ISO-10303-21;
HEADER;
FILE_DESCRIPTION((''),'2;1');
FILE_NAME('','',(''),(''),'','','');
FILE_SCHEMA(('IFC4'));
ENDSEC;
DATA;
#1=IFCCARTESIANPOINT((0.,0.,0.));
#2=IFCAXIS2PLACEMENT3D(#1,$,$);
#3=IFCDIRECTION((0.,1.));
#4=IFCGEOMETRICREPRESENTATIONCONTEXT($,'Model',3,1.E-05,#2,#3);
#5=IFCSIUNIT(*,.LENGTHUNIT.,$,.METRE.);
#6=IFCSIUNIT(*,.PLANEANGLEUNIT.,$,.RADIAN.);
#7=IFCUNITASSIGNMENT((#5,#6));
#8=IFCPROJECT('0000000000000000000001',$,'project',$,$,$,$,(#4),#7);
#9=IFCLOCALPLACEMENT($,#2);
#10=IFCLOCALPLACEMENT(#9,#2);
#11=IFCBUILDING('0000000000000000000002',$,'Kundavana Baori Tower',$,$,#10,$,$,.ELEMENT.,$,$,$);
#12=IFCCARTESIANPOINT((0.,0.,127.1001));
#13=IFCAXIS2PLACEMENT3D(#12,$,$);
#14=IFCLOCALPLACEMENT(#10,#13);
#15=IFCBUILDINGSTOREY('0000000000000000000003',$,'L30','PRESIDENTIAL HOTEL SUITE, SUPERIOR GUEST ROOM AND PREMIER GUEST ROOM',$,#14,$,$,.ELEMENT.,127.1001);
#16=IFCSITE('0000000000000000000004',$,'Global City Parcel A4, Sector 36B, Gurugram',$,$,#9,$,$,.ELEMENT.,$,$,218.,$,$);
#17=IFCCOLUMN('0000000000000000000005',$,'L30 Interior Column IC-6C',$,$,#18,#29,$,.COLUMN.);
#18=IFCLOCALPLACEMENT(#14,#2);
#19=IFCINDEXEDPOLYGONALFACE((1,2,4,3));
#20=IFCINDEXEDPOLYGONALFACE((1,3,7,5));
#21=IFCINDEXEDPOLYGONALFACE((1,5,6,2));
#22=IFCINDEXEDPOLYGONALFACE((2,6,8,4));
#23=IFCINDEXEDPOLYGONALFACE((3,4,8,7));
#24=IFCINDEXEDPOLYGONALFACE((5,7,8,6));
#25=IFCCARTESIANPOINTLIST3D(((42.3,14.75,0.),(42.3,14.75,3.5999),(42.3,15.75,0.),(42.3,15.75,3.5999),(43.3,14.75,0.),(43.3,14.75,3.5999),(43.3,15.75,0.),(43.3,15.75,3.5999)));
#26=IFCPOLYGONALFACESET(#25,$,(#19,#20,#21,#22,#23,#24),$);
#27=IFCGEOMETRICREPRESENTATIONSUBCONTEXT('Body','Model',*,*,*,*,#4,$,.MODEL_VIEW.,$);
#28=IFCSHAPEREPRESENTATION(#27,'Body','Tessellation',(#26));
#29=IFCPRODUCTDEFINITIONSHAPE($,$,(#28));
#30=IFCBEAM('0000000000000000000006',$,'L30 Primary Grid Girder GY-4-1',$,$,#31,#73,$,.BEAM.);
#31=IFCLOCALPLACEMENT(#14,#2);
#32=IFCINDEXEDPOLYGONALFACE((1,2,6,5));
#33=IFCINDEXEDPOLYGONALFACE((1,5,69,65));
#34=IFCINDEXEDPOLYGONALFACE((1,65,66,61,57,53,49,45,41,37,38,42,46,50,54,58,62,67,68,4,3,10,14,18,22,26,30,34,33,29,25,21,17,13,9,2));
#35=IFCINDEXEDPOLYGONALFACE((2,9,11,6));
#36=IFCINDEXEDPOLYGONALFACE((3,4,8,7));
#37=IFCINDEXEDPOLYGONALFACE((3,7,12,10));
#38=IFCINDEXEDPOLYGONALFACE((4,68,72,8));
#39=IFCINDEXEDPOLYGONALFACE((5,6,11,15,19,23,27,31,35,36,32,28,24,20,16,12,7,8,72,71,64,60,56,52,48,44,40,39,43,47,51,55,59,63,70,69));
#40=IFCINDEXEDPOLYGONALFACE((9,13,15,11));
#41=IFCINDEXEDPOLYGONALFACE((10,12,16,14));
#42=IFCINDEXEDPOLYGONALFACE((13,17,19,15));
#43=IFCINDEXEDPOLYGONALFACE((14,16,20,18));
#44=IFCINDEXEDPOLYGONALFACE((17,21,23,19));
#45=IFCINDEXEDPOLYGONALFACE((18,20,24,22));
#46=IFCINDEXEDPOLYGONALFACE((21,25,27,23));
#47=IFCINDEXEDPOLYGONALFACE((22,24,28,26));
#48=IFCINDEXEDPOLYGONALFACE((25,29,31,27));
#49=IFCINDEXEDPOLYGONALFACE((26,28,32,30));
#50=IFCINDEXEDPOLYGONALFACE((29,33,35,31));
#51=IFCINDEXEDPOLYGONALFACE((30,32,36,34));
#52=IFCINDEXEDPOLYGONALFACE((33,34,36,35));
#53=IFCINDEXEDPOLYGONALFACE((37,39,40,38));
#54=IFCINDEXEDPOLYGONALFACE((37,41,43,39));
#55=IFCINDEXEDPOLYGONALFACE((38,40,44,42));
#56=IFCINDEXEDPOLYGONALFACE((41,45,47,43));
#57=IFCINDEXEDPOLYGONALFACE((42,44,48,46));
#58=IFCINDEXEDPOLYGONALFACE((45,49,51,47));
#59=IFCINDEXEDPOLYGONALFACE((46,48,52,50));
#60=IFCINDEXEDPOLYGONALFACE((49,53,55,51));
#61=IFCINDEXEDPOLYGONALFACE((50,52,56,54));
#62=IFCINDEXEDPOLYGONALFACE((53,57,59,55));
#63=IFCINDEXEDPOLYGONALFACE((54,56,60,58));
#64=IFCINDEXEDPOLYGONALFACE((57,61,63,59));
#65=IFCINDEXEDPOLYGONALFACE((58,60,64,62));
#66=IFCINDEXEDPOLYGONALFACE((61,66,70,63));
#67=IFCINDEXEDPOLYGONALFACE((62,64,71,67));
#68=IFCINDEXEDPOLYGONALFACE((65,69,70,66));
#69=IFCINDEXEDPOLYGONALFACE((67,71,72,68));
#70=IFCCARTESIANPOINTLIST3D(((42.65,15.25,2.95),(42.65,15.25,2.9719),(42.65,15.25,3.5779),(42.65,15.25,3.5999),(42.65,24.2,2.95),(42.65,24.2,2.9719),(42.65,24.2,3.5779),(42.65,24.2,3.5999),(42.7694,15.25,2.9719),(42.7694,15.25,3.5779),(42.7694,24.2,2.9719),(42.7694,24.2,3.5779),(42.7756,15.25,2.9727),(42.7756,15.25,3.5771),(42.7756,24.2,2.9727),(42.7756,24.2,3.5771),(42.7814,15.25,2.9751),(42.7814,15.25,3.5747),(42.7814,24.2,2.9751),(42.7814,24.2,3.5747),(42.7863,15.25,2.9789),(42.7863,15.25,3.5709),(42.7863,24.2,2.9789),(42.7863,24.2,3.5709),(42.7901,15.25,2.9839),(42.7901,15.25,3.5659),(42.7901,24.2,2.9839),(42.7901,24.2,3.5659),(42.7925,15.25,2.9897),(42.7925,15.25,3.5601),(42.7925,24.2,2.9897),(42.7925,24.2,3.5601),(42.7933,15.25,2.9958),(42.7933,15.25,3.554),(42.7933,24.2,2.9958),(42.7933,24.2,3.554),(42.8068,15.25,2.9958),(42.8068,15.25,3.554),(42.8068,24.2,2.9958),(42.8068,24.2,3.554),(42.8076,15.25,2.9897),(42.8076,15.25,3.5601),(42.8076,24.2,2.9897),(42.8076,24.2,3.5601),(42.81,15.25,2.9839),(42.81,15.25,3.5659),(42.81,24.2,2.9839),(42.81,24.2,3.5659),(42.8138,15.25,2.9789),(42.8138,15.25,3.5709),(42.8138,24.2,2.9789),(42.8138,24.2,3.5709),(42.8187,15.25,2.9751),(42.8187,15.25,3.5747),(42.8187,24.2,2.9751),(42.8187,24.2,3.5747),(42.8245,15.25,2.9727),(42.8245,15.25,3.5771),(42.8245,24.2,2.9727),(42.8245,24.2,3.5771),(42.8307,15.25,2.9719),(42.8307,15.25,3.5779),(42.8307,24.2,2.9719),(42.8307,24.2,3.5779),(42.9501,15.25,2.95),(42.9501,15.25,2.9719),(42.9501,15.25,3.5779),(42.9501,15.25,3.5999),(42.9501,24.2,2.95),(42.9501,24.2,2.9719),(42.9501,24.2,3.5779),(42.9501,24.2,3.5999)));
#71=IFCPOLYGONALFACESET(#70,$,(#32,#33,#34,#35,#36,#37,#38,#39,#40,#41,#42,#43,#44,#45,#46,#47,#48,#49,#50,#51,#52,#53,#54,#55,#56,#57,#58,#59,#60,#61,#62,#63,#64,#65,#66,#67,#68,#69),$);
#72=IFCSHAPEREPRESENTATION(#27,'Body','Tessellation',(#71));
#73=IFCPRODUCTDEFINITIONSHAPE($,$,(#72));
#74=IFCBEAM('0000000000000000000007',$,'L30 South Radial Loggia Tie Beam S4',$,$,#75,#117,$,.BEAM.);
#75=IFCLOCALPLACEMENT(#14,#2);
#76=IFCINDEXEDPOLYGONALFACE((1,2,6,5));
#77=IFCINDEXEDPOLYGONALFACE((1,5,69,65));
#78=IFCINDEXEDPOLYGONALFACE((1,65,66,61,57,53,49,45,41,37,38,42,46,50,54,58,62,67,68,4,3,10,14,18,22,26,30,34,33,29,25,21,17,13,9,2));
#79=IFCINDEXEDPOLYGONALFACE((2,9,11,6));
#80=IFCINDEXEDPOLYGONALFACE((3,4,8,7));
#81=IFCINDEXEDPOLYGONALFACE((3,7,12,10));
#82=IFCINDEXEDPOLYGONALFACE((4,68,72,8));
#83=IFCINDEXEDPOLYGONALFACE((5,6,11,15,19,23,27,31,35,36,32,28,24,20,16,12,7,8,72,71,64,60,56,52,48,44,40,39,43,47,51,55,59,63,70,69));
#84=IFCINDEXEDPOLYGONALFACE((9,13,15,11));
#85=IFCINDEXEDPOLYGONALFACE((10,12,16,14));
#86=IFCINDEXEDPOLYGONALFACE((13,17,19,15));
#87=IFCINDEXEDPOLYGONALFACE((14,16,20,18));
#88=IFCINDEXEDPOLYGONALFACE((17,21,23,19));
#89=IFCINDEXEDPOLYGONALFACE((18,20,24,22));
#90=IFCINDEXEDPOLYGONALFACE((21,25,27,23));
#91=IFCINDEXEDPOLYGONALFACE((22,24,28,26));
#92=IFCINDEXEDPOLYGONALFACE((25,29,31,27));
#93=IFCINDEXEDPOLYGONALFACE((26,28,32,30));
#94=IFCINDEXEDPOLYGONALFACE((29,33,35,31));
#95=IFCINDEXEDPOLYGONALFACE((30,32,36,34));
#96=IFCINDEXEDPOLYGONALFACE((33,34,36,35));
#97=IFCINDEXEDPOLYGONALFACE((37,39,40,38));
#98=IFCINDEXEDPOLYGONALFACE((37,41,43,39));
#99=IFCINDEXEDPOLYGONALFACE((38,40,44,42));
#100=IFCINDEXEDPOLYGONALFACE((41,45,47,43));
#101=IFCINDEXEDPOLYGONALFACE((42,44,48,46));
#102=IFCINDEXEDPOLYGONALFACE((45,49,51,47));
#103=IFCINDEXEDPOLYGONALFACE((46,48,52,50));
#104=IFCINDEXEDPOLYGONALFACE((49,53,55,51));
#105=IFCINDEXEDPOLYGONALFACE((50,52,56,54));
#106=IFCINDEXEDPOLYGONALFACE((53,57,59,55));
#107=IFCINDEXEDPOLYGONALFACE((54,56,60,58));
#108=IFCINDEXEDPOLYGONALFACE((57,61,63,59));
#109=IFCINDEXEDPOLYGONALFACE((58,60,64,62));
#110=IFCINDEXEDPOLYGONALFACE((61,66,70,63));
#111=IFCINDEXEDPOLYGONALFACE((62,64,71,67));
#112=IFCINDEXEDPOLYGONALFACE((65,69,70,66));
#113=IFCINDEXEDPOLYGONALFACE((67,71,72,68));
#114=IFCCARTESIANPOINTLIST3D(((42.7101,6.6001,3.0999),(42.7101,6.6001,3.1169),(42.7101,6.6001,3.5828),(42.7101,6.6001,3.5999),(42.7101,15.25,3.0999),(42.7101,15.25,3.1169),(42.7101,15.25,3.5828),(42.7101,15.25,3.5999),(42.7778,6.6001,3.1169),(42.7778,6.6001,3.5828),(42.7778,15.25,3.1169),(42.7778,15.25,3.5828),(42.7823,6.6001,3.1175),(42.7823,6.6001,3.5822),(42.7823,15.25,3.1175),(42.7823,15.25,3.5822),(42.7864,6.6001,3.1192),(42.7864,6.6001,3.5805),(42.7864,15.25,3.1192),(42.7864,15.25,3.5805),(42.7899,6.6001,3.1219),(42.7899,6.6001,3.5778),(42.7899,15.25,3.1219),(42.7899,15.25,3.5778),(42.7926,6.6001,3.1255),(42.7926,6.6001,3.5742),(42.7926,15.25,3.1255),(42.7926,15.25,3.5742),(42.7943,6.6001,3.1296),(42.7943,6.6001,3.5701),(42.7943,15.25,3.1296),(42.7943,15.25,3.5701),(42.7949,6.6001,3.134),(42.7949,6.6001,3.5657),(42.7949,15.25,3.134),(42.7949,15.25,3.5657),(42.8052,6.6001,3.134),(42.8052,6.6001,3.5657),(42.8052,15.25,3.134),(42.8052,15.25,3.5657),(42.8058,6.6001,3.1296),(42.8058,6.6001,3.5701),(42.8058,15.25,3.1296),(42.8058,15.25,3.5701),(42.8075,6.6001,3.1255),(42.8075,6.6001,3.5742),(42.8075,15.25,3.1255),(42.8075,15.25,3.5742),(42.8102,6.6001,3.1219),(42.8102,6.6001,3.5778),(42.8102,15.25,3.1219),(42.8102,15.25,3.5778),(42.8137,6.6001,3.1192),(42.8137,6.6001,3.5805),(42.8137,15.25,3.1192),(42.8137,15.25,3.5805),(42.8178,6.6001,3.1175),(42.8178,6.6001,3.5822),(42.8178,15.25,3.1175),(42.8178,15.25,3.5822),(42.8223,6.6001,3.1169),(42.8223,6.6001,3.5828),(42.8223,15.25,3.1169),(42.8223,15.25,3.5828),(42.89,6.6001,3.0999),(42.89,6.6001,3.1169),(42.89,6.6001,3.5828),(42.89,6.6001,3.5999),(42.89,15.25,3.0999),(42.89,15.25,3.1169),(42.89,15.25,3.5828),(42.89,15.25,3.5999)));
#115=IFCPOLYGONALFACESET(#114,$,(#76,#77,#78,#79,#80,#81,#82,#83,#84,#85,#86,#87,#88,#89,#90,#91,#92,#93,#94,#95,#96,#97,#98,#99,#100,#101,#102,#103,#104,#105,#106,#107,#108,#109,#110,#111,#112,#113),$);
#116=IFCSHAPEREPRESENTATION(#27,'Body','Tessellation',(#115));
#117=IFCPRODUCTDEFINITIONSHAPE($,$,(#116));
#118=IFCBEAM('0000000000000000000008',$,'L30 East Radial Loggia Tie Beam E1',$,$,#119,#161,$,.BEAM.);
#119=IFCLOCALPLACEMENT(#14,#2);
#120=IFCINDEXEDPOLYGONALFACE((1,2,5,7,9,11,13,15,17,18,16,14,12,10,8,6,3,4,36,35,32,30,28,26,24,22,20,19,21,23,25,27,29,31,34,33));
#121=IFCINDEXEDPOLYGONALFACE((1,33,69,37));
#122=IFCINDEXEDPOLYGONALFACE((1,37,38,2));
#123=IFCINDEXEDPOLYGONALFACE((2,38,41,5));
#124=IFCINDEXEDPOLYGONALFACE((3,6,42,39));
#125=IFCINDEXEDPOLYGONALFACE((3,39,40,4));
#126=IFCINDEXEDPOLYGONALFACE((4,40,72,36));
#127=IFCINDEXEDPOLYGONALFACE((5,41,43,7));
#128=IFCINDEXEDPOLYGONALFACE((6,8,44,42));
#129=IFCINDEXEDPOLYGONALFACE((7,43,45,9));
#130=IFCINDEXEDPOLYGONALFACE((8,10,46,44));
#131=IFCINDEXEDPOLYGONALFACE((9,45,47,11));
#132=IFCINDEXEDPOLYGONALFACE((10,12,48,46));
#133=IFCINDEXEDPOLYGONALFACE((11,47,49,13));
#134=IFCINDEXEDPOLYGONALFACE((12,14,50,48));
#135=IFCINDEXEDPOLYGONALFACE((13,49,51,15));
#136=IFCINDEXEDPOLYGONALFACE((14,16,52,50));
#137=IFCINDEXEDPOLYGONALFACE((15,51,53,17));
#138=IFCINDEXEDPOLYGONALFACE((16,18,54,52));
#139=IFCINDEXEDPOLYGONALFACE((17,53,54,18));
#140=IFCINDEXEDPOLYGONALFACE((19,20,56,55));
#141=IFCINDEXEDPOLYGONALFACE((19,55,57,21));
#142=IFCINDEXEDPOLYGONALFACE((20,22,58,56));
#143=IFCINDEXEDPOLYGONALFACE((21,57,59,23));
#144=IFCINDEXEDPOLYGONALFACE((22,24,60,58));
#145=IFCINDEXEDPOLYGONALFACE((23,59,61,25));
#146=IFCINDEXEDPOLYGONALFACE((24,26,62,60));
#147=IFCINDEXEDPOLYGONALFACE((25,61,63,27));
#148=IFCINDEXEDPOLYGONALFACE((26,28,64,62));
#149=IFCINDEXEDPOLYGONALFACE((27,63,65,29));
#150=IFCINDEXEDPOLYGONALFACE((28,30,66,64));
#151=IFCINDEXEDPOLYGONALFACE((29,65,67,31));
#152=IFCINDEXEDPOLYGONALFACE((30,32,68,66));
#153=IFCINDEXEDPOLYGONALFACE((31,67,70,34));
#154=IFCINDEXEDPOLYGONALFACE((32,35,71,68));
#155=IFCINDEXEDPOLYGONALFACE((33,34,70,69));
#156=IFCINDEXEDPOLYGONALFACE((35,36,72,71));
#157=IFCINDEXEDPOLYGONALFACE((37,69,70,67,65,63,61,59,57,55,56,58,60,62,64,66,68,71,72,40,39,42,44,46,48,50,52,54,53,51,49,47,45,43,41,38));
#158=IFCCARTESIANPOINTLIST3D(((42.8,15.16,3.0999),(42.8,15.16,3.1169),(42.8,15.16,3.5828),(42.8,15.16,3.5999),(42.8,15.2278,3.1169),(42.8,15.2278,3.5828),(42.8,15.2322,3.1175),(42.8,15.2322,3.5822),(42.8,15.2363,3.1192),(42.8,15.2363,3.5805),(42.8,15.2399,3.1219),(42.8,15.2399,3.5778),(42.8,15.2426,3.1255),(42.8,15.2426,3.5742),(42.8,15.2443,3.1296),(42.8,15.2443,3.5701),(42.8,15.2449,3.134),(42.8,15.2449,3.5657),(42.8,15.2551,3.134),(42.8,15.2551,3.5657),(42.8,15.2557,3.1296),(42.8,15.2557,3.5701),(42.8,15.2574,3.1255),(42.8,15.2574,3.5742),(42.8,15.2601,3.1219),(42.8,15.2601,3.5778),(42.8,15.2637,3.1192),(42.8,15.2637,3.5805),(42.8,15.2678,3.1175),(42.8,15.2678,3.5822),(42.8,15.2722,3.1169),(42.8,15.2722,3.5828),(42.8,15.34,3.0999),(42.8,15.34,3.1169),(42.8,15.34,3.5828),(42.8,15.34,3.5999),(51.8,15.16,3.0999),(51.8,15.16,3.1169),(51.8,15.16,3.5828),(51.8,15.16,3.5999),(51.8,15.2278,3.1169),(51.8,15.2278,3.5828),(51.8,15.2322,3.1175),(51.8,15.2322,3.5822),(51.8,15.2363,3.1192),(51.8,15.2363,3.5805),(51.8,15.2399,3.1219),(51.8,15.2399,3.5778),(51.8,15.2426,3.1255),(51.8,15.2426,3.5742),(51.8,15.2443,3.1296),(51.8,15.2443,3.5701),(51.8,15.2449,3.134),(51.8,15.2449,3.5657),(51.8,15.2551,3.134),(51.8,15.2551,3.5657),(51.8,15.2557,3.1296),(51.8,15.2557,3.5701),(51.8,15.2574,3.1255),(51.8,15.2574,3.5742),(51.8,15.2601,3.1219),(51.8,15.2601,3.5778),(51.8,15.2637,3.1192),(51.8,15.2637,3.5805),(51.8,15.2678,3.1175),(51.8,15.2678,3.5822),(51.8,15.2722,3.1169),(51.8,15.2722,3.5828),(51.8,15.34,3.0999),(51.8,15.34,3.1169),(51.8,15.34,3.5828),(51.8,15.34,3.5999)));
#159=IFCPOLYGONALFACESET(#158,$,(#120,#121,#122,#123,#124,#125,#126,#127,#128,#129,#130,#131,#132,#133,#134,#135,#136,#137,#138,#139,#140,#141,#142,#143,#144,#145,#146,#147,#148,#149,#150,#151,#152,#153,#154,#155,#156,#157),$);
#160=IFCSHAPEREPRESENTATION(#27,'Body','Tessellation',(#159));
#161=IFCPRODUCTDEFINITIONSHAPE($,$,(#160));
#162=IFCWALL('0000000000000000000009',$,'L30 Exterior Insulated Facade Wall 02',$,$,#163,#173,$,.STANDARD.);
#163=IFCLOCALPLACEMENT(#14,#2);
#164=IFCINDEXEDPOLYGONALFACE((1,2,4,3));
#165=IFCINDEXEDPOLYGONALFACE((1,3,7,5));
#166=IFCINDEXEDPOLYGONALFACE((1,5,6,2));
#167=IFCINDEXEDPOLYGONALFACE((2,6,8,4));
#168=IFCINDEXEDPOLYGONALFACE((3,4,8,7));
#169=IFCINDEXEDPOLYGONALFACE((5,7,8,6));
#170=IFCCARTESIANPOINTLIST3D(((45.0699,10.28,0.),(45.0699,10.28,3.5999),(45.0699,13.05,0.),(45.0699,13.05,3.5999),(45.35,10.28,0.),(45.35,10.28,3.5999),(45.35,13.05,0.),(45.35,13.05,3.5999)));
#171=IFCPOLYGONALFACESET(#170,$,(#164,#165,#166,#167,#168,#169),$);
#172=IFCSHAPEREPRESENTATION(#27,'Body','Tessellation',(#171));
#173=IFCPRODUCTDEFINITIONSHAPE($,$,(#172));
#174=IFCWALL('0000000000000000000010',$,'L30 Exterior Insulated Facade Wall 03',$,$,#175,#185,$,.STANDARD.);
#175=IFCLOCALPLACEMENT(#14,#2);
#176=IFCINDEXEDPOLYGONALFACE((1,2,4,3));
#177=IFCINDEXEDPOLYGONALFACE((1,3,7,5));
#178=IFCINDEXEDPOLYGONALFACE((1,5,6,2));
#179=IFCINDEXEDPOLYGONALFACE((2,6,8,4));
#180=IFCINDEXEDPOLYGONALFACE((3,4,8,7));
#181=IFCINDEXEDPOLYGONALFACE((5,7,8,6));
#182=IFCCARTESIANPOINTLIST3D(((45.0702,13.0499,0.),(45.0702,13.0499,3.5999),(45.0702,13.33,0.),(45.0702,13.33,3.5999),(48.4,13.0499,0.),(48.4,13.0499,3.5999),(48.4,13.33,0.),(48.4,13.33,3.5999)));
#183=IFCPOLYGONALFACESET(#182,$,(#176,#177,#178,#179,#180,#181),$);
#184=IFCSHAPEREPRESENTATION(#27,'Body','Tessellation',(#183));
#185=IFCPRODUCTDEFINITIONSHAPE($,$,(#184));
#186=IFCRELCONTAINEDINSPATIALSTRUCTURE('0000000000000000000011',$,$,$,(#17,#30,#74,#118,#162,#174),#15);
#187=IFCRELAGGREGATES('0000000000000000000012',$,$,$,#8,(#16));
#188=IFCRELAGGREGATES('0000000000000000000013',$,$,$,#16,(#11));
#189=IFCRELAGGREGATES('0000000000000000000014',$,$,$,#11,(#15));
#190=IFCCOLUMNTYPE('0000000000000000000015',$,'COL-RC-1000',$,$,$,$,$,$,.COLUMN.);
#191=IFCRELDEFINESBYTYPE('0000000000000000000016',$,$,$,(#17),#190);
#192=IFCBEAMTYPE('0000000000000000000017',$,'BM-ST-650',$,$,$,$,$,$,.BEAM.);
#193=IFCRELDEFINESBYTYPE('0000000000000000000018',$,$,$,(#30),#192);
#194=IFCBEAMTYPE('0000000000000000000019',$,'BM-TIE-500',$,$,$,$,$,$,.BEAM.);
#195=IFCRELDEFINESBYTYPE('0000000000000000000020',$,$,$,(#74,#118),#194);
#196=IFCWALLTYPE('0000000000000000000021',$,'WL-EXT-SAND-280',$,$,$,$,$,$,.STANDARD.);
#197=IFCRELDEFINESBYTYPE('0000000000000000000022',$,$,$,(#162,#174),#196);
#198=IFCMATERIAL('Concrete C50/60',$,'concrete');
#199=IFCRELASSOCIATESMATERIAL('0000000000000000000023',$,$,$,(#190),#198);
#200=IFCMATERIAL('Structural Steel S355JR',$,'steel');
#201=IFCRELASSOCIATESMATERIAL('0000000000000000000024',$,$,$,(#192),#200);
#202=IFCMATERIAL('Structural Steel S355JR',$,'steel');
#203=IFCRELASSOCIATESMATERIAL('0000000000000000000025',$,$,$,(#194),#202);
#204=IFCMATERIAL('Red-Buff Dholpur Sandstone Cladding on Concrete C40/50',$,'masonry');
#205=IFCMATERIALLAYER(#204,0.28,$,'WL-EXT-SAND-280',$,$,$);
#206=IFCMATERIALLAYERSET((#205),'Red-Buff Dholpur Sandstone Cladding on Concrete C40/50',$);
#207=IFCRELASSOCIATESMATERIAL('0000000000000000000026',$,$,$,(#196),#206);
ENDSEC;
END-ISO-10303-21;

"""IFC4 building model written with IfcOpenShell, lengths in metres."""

from ifc_helpers import new_model, si_unit, direction, frame, frame_2d, origin, origin_2d, place, context, subcontext, project, spatial, rectangle, i_section, extrude, material, layer, layer_set, material_profile, profile_set, type_object, element, save


model = new_model("IFC4")

# Units and contexts
model_context = context("Model", 3, precision=1e-05, world=origin(), true_north=direction((0.0, 1.0)))
body_context = subcontext(model_context, "Body", "Model", "MODEL_VIEW")
ifc_project = project(units=[si_unit("LENGTHUNIT", "METRE"), si_unit("PLANEANGLEUNIT", "RADIAN")], contexts=[model_context])

# Site, building, storey
site_placement = place(None, origin())
site = spatial("IfcSite", under=ifc_project, at=site_placement, Name="Global City Parcel A4, Sector 36B, Gurugram", CompositionType="ELEMENT", RefElevation=218.0)
building_placement = place(site_placement, origin())
building = spatial("IfcBuilding", under=site, at=building_placement, Name="Kundavana Baori Tower", CompositionType="ELEMENT")
storey_placement = place(building_placement, frame((0.0, 0.0, 127.1001)))
storey = spatial("IfcBuildingStorey", under=building, at=storey_placement, Name="L30", Description="PRESIDENTIAL HOTEL SUITE, SUPERIOR GUEST ROOM AND PREMIER GUEST ROOM", CompositionType="ELEMENT", Elevation=127.1001)

# Column
ifc_material_1 = material(Name="Concrete C50/60", Category="concrete")
ifc_material_profile_1 = material_profile(ifc_material_1, rectangle(XDim=1.0, YDim=1.0, at=origin_2d()), Name="RC 1000x1000")
ifc_profile_set_1 = profile_set([ifc_material_profile_1], Name="Concrete C50/60")
column_type = type_object("IfcColumnType", Name="COL-RC-1000", PredefinedType="COLUMN", material=ifc_profile_set_1)
column_placement = place(storey_placement, frame((42.8, 15.25, 0.0), z_axis=(0.0, 0.0, 1.0), x_axis=(1.0, 0.0, 0.0)))
element("IfcColumn", 1, at=column_placement, inside=storey, type_object=column_type, Name="L30 Interior Column IC-6C", PredefinedType="COLUMN", context=body_context, shape_type="SweptSolid", body=[
    extrude(rectangle(XDim=1.0, YDim=1.0, at=origin_2d()), origin(), (0.0, 0.0, 1.0), 3.5999),
])

# Beams
ifc_material_2 = material(Name="Structural Steel S355JR", Category="steel")
ifc_material_profile_2 = material_profile(ifc_material_2, i_section(OverallWidth=0.3, OverallDepth=0.6499, WebThickness=0.0134, FlangeThickness=0.022, FilletRadius=0.0239, at=origin_2d()), Name="NPB 650x300x155")
ifc_profile_set_2 = profile_set([ifc_material_profile_2], Name="Structural Steel S355JR")
beam_type_1 = type_object("IfcBeamType", Name="BM-ST-650", PredefinedType="BEAM", material=ifc_profile_set_2)
beam_1_placement = place(storey_placement, frame((42.8, 15.25, 3.2749), z_axis=(0.0, 1.0, 0.0), x_axis=(-1.0, 0.0, 0.0)))
element("IfcBeam", 2, at=beam_1_placement, inside=storey, type_object=beam_type_1, Name="L30 Primary Grid Girder GY-4-1", PredefinedType="BEAM", context=body_context, shape_type="SweptSolid", body=[
    extrude(i_section(OverallWidth=0.3, OverallDepth=0.6499, WebThickness=0.0134, FlangeThickness=0.022, FilletRadius=0.0239, at=origin_2d()), origin(), (0.0, 0.0, 1.0), 8.95),
])
ifc_material_3 = material(Name="Structural Steel S355JR", Category="steel")
ifc_material_profile_3 = material_profile(ifc_material_3, i_section(OverallWidth=0.1799, OverallDepth=0.5, WebThickness=0.0103, FlangeThickness=0.0171, FilletRadius=0.0171, at=origin_2d()), Name="ISMB 500")
ifc_profile_set_3 = profile_set([ifc_material_profile_3], Name="Structural Steel S355JR")
beam_type_2 = type_object("IfcBeamType", Name="BM-TIE-500", PredefinedType="BEAM", material=ifc_profile_set_3)
beam_2_placement = place(storey_placement, frame((42.8, 15.25, 3.3499), z_axis=(0.0, -1.0, 0.0), x_axis=(1.0, 0.0, 0.0)))
element("IfcBeam", 3, at=beam_2_placement, inside=storey, type_object=beam_type_2, Name="L30 South Radial Loggia Tie Beam S4", PredefinedType="BEAM", context=body_context, shape_type="SweptSolid", body=[
    extrude(i_section(OverallWidth=0.1799, OverallDepth=0.5, WebThickness=0.0103, FlangeThickness=0.0171, FilletRadius=0.0171, at=origin_2d()), origin(), (0.0, 0.0, 1.0), 8.6499),
])
beam_3_placement = place(storey_placement, frame((42.8, 15.25, 3.3499), z_axis=(1.0, 0.0, 0.0), x_axis=(0.0, 1.0, 0.0)))
element("IfcBeam", 4, at=beam_3_placement, inside=storey, type_object=beam_type_2, Name="L30 East Radial Loggia Tie Beam E1", PredefinedType="BEAM", context=body_context, shape_type="SweptSolid", body=[
    extrude(i_section(OverallWidth=0.1799, OverallDepth=0.5, WebThickness=0.0103, FlangeThickness=0.0171, FilletRadius=0.0171, at=origin_2d()), origin(), (0.0, 0.0, 1.0), 9.0),
])

# Walls
ifc_material_4 = material(Name="Red-Buff Dholpur Sandstone Cladding on Concrete C40/50", Category="masonry")
ifc_layer_1 = layer(ifc_material_4, 0.28, Name="WL-EXT-SAND-280")
ifc_layer_set_1 = layer_set([ifc_layer_1], Name="Red-Buff Dholpur Sandstone Cladding on Concrete C40/50")
wall_type_1 = type_object("IfcWallType", Name="WL-EXT-SAND-280", PredefinedType="STANDARD", material=ifc_layer_set_1)
wall_1_placement = place(storey_placement, frame((45.21, 10.28, 0.0), z_axis=(0.0, 0.0, 1.0), x_axis=(0.0, 1.0, 0.0)))
element("IfcWall", 5, at=wall_1_placement, inside=storey, type_object=wall_type_1, Name="L30 Exterior Insulated Facade Wall 02", PredefinedType="STANDARD", context=body_context, shape_type="SweptSolid", body=[
    extrude(rectangle(XDim=2.77, YDim=0.28, at=frame_2d((1.385, 0.0))), origin(), (0.0, 0.0, 1.0), 3.5999),
])
wall_2_placement = place(storey_placement, frame((45.0701, 13.1899, 0.0), z_axis=(0.0, 0.0, 1.0), x_axis=(1.0, 0.0, 0.0)))
element("IfcWall", 6, at=wall_2_placement, inside=storey, type_object=wall_type_1, Name="L30 Exterior Insulated Facade Wall 03", PredefinedType="STANDARD", context=body_context, shape_type="SweptSolid", body=[
    extrude(rectangle(XDim=3.3298, YDim=0.28, at=frame_2d((1.665, 0.0))), origin(), (0.0, 0.0, 1.0), 3.5999),
])

save(model, "model.ifc")
